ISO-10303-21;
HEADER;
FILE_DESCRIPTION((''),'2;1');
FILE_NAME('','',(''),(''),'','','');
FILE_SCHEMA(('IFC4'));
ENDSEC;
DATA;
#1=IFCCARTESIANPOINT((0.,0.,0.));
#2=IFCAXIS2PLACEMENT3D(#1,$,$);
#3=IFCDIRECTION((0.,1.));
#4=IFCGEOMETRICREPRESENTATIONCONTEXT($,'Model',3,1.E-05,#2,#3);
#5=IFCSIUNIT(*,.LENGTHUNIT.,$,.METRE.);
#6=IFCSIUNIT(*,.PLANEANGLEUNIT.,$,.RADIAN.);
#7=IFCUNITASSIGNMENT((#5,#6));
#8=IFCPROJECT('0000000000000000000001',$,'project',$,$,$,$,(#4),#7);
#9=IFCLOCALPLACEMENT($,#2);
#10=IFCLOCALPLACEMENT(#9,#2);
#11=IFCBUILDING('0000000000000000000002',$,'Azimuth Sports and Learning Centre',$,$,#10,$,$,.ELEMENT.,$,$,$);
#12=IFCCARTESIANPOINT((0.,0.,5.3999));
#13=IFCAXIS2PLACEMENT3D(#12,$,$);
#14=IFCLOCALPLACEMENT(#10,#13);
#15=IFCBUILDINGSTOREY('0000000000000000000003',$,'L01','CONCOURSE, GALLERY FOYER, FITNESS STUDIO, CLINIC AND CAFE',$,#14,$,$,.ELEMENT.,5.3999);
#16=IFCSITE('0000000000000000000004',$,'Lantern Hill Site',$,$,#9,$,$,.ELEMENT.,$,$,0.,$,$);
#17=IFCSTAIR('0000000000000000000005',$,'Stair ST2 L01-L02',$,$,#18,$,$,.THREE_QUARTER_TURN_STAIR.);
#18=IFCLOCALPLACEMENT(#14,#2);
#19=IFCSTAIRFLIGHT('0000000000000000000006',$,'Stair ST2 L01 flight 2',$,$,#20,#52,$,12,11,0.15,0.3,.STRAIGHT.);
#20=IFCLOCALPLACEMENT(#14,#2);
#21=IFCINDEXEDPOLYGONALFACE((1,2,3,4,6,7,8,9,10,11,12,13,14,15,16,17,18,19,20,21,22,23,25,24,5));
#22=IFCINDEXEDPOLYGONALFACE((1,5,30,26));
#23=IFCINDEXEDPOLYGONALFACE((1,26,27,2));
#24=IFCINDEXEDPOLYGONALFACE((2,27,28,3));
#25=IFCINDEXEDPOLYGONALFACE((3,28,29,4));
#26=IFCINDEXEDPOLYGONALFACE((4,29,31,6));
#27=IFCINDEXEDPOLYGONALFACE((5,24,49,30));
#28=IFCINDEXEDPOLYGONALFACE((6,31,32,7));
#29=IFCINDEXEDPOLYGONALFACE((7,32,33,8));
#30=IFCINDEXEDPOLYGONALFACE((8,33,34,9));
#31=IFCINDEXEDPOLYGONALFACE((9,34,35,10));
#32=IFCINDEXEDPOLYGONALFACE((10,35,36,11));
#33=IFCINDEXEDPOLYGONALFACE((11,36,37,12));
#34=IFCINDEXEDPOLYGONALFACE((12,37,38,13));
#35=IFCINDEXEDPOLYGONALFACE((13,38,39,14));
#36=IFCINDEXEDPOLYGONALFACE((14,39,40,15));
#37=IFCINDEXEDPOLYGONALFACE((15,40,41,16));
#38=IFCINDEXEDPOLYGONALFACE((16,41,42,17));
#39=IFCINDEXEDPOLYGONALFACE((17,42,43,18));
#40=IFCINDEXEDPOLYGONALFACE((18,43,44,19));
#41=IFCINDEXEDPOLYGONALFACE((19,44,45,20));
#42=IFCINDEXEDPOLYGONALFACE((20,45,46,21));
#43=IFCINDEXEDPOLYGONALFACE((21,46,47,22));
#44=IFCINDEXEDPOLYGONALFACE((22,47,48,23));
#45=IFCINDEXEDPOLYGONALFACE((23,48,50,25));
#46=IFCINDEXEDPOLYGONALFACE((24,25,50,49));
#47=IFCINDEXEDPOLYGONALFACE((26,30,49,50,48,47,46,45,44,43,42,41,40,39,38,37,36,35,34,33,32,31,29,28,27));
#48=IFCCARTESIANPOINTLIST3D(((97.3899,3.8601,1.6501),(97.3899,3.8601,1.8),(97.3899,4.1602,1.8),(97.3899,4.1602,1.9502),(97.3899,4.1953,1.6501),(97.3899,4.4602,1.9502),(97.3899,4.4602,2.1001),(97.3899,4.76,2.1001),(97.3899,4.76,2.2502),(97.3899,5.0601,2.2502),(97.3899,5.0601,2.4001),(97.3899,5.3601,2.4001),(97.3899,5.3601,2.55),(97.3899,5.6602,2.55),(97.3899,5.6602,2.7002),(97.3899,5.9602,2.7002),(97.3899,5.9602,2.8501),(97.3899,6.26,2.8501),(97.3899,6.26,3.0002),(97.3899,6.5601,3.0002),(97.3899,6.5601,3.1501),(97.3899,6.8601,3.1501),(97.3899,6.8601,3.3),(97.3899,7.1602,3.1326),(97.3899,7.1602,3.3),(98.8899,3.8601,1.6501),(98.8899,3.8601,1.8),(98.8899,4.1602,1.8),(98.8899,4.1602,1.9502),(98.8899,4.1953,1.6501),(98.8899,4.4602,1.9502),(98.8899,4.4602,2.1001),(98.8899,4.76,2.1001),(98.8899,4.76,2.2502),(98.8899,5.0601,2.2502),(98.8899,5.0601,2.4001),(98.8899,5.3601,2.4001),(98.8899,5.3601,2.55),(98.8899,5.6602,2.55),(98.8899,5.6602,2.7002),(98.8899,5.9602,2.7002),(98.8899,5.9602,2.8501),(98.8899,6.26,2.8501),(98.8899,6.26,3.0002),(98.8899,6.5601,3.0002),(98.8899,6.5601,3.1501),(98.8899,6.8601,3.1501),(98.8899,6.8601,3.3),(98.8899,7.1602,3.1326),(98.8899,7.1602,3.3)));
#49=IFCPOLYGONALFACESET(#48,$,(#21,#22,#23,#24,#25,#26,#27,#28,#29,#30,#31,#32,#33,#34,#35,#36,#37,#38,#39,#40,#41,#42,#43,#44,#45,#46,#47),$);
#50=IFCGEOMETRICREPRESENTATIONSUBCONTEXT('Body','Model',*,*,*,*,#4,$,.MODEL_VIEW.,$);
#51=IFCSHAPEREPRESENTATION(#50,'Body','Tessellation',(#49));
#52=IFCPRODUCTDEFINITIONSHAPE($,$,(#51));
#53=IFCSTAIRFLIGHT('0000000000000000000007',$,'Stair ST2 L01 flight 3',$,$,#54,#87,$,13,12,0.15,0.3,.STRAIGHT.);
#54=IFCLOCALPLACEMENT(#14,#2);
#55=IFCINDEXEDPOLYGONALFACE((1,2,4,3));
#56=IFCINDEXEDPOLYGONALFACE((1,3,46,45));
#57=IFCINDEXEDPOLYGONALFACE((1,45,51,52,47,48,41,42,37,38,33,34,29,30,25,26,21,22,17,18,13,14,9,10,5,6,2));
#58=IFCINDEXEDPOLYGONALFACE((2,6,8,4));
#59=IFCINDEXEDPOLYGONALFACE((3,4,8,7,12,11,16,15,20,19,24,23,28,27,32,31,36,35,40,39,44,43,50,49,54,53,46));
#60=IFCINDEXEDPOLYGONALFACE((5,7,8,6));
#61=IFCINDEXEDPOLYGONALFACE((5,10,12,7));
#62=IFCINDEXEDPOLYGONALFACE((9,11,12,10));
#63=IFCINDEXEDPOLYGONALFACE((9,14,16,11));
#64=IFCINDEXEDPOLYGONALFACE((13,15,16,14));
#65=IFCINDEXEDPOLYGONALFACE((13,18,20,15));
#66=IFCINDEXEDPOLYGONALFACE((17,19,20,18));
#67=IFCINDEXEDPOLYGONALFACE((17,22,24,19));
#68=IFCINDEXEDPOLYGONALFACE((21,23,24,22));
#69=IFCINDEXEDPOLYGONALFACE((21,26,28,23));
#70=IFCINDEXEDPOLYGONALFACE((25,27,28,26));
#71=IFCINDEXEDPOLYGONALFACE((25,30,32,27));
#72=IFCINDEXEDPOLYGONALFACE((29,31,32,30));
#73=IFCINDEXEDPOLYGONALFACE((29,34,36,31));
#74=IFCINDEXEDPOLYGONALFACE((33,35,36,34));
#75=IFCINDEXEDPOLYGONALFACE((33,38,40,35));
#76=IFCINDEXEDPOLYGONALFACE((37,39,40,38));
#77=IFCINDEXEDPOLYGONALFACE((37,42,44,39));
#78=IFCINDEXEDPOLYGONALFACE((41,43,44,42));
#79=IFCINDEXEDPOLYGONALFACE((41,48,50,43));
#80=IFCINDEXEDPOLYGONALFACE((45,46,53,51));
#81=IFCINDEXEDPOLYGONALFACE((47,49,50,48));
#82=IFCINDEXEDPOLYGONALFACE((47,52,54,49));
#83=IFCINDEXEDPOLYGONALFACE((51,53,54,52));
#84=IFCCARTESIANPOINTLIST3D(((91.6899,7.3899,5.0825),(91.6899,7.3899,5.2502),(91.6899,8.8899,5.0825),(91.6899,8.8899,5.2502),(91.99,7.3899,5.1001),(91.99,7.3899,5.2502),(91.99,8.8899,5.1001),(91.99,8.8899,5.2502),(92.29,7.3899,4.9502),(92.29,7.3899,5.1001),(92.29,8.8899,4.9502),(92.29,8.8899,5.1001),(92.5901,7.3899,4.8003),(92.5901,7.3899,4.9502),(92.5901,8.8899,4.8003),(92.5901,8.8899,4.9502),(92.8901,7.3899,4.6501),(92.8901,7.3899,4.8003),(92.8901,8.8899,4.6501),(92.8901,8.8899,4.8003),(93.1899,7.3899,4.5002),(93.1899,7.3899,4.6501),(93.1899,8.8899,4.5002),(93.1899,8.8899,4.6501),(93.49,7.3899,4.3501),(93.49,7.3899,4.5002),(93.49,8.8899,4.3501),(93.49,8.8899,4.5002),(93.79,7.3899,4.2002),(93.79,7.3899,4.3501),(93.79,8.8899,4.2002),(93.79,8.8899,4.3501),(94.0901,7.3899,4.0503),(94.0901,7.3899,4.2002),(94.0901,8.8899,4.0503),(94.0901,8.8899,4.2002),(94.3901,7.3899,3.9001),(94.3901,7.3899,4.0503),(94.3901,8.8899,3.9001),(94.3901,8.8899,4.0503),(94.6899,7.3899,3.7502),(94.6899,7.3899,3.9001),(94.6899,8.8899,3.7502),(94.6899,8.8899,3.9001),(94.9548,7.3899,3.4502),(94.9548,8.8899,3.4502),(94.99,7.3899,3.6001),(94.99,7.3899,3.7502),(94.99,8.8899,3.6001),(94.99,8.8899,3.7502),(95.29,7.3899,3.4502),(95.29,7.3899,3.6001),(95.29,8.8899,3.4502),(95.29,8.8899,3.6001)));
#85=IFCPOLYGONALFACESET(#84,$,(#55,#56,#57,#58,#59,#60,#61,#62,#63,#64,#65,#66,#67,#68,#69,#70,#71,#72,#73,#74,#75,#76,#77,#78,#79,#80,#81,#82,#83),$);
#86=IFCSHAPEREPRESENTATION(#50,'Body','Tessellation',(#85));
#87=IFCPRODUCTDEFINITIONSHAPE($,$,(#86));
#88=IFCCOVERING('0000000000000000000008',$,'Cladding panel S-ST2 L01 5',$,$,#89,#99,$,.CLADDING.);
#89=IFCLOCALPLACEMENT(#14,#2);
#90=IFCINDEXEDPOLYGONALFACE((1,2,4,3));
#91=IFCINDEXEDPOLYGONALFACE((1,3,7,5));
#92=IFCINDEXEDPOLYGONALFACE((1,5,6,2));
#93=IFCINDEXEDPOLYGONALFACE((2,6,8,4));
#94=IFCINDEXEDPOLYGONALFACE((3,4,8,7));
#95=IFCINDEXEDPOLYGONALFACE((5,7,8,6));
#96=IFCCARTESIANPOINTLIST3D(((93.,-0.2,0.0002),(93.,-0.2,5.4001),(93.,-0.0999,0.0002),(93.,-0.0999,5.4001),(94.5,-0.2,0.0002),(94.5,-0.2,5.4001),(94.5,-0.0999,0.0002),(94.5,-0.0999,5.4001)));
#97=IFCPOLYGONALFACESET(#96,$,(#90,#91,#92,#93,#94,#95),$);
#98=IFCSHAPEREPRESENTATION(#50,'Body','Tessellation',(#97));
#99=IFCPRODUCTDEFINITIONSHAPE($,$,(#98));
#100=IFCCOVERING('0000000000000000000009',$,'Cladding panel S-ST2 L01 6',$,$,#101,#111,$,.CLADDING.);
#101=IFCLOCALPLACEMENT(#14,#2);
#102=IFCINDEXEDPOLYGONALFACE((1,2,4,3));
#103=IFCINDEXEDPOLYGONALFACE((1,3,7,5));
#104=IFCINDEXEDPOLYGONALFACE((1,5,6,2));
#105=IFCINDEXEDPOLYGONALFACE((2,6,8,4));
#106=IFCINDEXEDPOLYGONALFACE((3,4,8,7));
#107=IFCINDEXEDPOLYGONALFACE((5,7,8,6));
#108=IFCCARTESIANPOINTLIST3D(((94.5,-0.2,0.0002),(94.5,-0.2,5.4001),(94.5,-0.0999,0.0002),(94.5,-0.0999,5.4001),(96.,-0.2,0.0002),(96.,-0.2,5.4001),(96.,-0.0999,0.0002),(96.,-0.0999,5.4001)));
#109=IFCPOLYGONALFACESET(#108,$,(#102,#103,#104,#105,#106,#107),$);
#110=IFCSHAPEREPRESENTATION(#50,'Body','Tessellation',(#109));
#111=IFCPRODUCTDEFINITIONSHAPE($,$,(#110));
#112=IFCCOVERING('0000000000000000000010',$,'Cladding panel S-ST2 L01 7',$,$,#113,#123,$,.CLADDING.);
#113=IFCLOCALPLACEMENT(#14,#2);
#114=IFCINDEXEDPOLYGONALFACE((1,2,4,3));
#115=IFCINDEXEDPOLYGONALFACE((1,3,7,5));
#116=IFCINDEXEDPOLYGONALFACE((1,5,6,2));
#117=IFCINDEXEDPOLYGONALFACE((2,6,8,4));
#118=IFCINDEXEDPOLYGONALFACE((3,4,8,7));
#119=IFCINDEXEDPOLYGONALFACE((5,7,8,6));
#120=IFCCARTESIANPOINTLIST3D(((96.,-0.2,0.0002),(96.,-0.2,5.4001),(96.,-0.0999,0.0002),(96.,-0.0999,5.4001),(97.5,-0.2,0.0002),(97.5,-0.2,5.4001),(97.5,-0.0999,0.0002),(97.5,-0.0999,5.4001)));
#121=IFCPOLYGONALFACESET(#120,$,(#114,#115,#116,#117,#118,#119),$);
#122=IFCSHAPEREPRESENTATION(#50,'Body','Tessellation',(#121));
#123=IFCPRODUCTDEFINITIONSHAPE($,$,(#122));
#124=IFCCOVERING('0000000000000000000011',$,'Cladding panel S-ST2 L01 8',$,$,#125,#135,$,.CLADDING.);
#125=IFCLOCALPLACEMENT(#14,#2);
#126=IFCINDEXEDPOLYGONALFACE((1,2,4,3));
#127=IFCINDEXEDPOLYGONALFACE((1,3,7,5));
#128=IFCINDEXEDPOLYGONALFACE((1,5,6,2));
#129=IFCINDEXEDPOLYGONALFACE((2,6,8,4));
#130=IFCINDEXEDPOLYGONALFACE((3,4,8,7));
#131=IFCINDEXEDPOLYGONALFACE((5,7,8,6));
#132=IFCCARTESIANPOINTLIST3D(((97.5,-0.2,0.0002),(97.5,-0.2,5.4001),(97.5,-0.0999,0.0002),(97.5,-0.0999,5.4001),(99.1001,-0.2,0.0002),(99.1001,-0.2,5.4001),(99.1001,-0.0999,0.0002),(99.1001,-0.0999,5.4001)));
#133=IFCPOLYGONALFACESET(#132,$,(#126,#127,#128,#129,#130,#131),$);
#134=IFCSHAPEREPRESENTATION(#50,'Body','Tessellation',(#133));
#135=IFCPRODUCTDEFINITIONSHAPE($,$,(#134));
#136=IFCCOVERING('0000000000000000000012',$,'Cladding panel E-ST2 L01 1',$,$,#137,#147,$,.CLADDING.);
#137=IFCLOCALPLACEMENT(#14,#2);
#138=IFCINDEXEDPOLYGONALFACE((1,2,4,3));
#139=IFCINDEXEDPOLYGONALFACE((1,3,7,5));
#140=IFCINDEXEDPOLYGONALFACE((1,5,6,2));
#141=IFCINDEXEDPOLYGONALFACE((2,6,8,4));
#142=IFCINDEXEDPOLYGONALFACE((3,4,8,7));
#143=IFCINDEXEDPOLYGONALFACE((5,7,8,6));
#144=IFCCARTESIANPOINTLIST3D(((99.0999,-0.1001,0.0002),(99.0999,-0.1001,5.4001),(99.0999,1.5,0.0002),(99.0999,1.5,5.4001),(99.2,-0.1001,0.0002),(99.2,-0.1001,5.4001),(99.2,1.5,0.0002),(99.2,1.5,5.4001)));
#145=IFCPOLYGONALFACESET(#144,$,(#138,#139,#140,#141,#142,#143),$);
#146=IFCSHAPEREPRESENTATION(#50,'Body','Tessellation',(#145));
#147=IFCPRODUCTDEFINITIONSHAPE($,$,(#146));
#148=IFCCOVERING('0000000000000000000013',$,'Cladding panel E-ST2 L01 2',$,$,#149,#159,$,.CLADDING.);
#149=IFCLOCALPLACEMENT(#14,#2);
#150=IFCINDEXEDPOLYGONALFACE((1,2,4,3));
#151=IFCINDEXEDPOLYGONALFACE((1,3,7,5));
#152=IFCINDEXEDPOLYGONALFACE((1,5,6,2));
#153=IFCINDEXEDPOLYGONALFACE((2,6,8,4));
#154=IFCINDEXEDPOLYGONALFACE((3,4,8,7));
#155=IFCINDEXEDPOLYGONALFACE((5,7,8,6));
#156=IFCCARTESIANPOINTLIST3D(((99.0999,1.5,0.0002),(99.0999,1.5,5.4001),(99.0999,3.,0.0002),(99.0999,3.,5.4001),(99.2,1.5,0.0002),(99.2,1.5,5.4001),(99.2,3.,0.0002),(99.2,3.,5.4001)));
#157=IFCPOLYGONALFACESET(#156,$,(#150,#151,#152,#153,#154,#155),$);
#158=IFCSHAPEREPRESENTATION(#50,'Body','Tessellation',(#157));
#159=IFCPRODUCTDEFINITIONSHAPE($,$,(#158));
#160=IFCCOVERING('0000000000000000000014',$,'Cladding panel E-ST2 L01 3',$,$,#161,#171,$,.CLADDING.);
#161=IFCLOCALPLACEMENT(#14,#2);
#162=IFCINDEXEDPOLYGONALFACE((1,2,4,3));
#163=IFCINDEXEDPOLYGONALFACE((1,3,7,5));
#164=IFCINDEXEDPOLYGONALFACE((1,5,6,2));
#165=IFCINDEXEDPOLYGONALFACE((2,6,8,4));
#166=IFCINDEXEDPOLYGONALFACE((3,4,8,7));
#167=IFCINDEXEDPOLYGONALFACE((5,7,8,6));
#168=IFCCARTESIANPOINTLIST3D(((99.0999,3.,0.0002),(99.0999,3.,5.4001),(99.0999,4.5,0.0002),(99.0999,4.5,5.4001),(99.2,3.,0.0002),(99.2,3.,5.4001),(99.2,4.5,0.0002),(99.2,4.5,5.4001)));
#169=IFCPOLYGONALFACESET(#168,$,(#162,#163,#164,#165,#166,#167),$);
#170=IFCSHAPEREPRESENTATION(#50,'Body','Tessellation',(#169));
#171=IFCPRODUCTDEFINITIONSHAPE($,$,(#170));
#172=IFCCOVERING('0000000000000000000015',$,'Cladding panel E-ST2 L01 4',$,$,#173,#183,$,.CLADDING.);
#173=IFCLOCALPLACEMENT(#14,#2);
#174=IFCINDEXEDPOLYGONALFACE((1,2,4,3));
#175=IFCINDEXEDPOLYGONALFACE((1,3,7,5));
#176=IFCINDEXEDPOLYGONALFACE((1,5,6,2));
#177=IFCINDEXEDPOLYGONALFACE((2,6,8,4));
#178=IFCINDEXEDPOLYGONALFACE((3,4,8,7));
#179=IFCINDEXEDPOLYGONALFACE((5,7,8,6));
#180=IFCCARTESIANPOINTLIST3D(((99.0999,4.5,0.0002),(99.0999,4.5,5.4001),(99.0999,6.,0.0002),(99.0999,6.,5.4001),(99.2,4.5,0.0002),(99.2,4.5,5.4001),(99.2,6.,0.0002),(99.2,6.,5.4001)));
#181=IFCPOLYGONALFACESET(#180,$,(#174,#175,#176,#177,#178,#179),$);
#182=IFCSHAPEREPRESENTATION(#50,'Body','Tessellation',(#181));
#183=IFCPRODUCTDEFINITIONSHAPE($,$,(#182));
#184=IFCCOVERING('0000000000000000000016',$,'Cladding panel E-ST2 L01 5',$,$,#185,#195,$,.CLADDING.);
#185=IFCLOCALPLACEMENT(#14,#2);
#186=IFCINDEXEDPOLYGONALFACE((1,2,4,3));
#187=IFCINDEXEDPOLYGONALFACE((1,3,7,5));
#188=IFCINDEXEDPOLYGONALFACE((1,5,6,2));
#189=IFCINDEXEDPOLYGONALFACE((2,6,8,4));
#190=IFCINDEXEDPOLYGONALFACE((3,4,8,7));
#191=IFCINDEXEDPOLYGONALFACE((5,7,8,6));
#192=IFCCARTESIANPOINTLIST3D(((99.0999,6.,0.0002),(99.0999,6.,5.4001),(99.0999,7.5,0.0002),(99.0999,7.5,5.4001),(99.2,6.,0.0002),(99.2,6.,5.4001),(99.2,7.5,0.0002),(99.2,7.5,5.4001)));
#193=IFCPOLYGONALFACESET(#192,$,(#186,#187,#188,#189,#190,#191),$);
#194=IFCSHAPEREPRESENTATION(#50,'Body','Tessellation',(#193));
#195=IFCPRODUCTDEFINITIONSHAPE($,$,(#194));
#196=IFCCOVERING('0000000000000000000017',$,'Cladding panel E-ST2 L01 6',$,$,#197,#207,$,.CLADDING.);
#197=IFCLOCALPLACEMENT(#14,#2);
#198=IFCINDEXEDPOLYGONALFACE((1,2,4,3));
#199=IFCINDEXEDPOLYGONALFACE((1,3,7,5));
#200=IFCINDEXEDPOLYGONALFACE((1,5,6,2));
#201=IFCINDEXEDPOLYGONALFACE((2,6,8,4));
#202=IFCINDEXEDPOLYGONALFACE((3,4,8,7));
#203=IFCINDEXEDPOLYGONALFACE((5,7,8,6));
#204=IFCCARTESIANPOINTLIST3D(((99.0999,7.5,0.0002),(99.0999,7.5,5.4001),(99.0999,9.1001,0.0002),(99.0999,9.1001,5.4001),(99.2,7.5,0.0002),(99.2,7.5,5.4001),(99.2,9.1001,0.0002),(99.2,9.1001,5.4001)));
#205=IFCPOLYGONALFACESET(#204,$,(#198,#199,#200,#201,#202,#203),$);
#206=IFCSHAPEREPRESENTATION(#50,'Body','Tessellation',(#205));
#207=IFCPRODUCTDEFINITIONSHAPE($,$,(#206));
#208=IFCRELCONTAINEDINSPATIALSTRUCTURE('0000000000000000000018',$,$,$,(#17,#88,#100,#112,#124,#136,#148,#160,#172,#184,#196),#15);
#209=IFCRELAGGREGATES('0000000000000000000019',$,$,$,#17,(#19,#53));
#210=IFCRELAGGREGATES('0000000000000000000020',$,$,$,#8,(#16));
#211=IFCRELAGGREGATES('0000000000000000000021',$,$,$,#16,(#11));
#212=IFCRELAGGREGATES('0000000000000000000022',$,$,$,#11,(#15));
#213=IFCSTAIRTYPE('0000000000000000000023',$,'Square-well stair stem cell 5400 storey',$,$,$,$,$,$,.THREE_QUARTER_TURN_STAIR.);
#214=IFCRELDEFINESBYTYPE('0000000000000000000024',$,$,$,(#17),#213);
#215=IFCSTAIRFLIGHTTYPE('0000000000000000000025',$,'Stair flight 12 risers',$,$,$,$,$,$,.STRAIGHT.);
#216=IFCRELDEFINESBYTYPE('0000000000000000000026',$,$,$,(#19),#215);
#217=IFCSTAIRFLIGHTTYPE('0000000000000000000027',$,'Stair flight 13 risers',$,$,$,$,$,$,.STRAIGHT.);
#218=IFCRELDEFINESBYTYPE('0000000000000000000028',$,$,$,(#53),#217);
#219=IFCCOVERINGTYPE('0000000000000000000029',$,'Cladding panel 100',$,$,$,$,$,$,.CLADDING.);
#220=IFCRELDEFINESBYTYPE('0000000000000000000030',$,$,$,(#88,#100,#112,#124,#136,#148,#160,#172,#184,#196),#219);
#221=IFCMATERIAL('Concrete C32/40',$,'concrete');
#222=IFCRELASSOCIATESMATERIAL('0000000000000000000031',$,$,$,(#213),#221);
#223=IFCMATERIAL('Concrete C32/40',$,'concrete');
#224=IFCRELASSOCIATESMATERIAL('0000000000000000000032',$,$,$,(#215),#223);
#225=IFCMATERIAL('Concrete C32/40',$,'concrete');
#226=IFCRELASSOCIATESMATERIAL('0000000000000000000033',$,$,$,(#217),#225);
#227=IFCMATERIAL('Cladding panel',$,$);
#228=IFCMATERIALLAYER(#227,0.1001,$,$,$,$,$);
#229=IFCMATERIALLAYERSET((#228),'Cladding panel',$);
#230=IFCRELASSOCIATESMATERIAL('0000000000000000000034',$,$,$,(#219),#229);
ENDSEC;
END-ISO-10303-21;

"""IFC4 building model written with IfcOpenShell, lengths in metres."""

from ifc_helpers import new_model, si_unit, direction, frame, origin, origin_2d, place, context, subcontext, project, spatial, polyline, rectangle, outline, extrude, material, layer, layer_set, type_object, element, aggregate, save


model = new_model("IFC4")

# Units and contexts
model_context = context("Model", 3, precision=1e-05, world=origin(), true_north=direction((0.0, 1.0)))
body_context = subcontext(model_context, "Body", "Model", "MODEL_VIEW")
ifc_project = project(units=[si_unit("LENGTHUNIT", "METRE"), si_unit("PLANEANGLEUNIT", "RADIAN")], contexts=[model_context])

# Site, building, storey
site_placement = place(None, origin())
site = spatial("IfcSite", under=ifc_project, at=site_placement, Name="Lantern Hill Site", CompositionType="ELEMENT", RefElevation=0.0)
building_placement = place(site_placement, origin())
building = spatial("IfcBuilding", under=site, at=building_placement, Name="Azimuth Sports and Learning Centre", CompositionType="ELEMENT")
storey_placement = place(building_placement, frame((0.0, 0.0, 5.3999)))
storey = spatial("IfcBuildingStorey", under=building, at=storey_placement, Name="L01", Description="CONCOURSE, GALLERY FOYER, FITNESS STUDIO, CLINIC AND CAFE", CompositionType="ELEMENT", Elevation=5.3999)

# Stair, stair flights
ifc_material_1 = material(Name="Concrete C32/40", Category="concrete")
stair_type = type_object("IfcStairType", Name="Square-well stair stem cell 5400 storey", PredefinedType="THREE_QUARTER_TURN_STAIR", material=ifc_material_1)
stair_placement = place(storey_placement, origin())
stair = element("IfcStair", 1, at=stair_placement, inside=storey, type_object=stair_type, Name="Stair ST2 L01-L02", PredefinedType="THREE_QUARTER_TURN_STAIR")
ifc_material_2 = material(Name="Concrete C32/40", Category="concrete")
stair_flight_type_1 = type_object("IfcStairFlightType", Name="Stair flight 12 risers", PredefinedType="STRAIGHT", material=ifc_material_2)
stair_flight_1_placement = place(storey_placement, frame((98.1399, 3.8601, 1.6501), z_axis=(0.0, 0.0, 1.0), x_axis=(0.0, 1.0, 0.0)))
stair_flight_1 = element("IfcStairFlight", 2, at=stair_flight_1_placement, type_object=stair_flight_type_1, Name="Stair ST2 L01 flight 2", NumberOfRisers=12, NumberOfTreads=11, PredefinedType="STRAIGHT", RiserHeight=0.15, TreadLength=0.3, context=body_context, shape_type="SweptSolid", body=[
    extrude(outline(polyline([(0.0, 0.0), (0.0, 0.1499), (0.3, 0.1499), (0.3, 0.3), (0.6001, 0.3), (0.6001, 0.45), (0.8999, 0.45), (0.8999, 0.6001), (1.2, 0.6001), (1.2, 0.75), (1.5, 0.75), (1.5, 0.8999), (1.8, 0.8999), (1.8, 1.05), (2.1001, 1.05), (2.1001, 1.2), (2.3999, 1.2), (2.3999, 1.3501), (2.7, 1.3501), (2.7, 1.5), (3.0, 1.5), (3.0, 1.6499), (3.3, 1.6499), (3.3, 1.8), (3.3, 1.4824), (0.3352, 0.0), (0.0, 0.0)])), frame((0.0, 0.75, 0.0), z_axis=(0.0, -1.0, 0.0), x_axis=(1.0, 0.0, 0.0)), (0.0, 0.0, 1.0), 1.5),
])
ifc_material_3 = material(Name="Concrete C32/40", Category="concrete")
stair_flight_type_2 = type_object("IfcStairFlightType", Name="Stair flight 13 risers", PredefinedType="STRAIGHT", material=ifc_material_3)
stair_flight_2_placement = place(storey_placement, frame((95.29, 8.1399, 3.4502), z_axis=(0.0, 0.0, 1.0), x_axis=(-1.0, 0.0, 0.0)))
stair_flight_2 = element("IfcStairFlight", 3, at=stair_flight_2_placement, type_object=stair_flight_type_2, Name="Stair ST2 L01 flight 3", NumberOfRisers=13, NumberOfTreads=12, PredefinedType="STRAIGHT", RiserHeight=0.15, TreadLength=0.3, context=body_context, shape_type="SweptSolid", body=[
    extrude(outline(polyline([(0.0, 0.0), (0.0, 0.1499), (0.3, 0.1499), (0.3, 0.3), (0.6001, 0.3), (0.6001, 0.45), (0.8999, 0.45), (0.8999, 0.6001), (1.2, 0.6001), (1.2, 0.75), (1.5, 0.75), (1.5, 0.8999), (1.8, 0.8999), (1.8, 1.05), (2.1001, 1.05), (2.1001, 1.2), (2.3999, 1.2), (2.3999, 1.3501), (2.7, 1.3501), (2.7, 1.5), (3.0, 1.5), (3.0, 1.6499), (3.3, 1.6499), (3.3, 1.8), (3.6001, 1.8), (3.6001, 1.95), (3.6001, 1.6323), (0.3352, 0.0), (0.0, 0.0)])), frame((0.0, 0.75, 0.0), z_axis=(0.0, -1.0, 0.0), x_axis=(1.0, 0.0, 0.0)), (0.0, 0.0, 1.0), 1.5),
])
aggregate(stair, [stair_flight_1, stair_flight_2])

# Coverings
ifc_material_4 = material(Name="Cladding panel")
ifc_layer_1 = layer(ifc_material_4, 0.1001)
ifc_layer_set_1 = layer_set([ifc_layer_1], Name="Cladding panel")
covering_type = type_object("IfcCoveringType", Name="Cladding panel 100", PredefinedType="CLADDING", material=ifc_layer_set_1)
for number, where, z_axis, x_axis, name in (
    (4, (93.75, -0.1499, 0.0002), (0.0, 0.0, 1.0), (1.0, 0.0, 0.0), "Cladding panel S-ST2 L01 5"),
    (5, (95.25, -0.1499, 0.0002), (0.0, 0.0, 1.0), (1.0, 0.0, 0.0), "Cladding panel S-ST2 L01 6"),
    (6, (96.75, -0.1499, 0.0002), (0.0, 0.0, 1.0), (1.0, 0.0, 0.0), "Cladding panel S-ST2 L01 7"),
):
    element("IfcCovering", number, at=place(storey_placement, frame(where, z_axis=z_axis, x_axis=x_axis)), inside=storey, type_object=covering_type, Name=name, PredefinedType="CLADDING", context=body_context, shape_type="SweptSolid", body=[
        extrude(rectangle(XDim=1.5, YDim=0.1001, at=origin_2d()), origin(), (0.0, 0.0, 1.0), 5.3999),
    ])
for number, where, z_axis, x_axis, name in (
    (7, (98.3, -0.1499, 0.0002), (0.0, 0.0, 1.0), (1.0, 0.0, 0.0), "Cladding panel S-ST2 L01 8"),
    (8, (99.1499, 0.7, 0.0002), (0.0, 0.0, 1.0), (0.0, 1.0, 0.0), "Cladding panel E-ST2 L01 1"),
):
    element("IfcCovering", number, at=place(storey_placement, frame(where, z_axis=z_axis, x_axis=x_axis)), inside=storey, type_object=covering_type, Name=name, PredefinedType="CLADDING", context=body_context, shape_type="SweptSolid", body=[
        extrude(rectangle(XDim=1.6001, YDim=0.1001, at=origin_2d()), origin(), (0.0, 0.0, 1.0), 5.3999),
    ])
for number, where, z_axis, x_axis, name in (
    (9, (99.1499, 2.25, 0.0002), (0.0, 0.0, 1.0), (0.0, 1.0, 0.0), "Cladding panel E-ST2 L01 2"),
    (10, (99.1499, 3.75, 0.0002), (0.0, 0.0, 1.0), (0.0, 1.0, 0.0), "Cladding panel E-ST2 L01 3"),
    (11, (99.1499, 5.25, 0.0002), (0.0, 0.0, 1.0), (0.0, 1.0, 0.0), "Cladding panel E-ST2 L01 4"),
    (12, (99.1499, 6.75, 0.0002), (0.0, 0.0, 1.0), (0.0, 1.0, 0.0), "Cladding panel E-ST2 L01 5"),
):
    element("IfcCovering", number, at=place(storey_placement, frame(where, z_axis=z_axis, x_axis=x_axis)), inside=storey, type_object=covering_type, Name=name, PredefinedType="CLADDING", context=body_context, shape_type="SweptSolid", body=[
        extrude(rectangle(XDim=1.5, YDim=0.1001, at=origin_2d()), origin(), (0.0, 0.0, 1.0), 5.3999),
    ])
covering_placement = place(storey_placement, frame((99.1499, 8.3, 0.0002), z_axis=(0.0, 0.0, 1.0), x_axis=(0.0, 1.0, 0.0)))
element("IfcCovering", 13, at=covering_placement, inside=storey, type_object=covering_type, Name="Cladding panel E-ST2 L01 6", PredefinedType="CLADDING", context=body_context, shape_type="SweptSolid", body=[
    extrude(rectangle(XDim=1.6001, YDim=0.1001, at=origin_2d()), origin(), (0.0, 0.0, 1.0), 5.3999),
])

save(model, "model.ifc")
